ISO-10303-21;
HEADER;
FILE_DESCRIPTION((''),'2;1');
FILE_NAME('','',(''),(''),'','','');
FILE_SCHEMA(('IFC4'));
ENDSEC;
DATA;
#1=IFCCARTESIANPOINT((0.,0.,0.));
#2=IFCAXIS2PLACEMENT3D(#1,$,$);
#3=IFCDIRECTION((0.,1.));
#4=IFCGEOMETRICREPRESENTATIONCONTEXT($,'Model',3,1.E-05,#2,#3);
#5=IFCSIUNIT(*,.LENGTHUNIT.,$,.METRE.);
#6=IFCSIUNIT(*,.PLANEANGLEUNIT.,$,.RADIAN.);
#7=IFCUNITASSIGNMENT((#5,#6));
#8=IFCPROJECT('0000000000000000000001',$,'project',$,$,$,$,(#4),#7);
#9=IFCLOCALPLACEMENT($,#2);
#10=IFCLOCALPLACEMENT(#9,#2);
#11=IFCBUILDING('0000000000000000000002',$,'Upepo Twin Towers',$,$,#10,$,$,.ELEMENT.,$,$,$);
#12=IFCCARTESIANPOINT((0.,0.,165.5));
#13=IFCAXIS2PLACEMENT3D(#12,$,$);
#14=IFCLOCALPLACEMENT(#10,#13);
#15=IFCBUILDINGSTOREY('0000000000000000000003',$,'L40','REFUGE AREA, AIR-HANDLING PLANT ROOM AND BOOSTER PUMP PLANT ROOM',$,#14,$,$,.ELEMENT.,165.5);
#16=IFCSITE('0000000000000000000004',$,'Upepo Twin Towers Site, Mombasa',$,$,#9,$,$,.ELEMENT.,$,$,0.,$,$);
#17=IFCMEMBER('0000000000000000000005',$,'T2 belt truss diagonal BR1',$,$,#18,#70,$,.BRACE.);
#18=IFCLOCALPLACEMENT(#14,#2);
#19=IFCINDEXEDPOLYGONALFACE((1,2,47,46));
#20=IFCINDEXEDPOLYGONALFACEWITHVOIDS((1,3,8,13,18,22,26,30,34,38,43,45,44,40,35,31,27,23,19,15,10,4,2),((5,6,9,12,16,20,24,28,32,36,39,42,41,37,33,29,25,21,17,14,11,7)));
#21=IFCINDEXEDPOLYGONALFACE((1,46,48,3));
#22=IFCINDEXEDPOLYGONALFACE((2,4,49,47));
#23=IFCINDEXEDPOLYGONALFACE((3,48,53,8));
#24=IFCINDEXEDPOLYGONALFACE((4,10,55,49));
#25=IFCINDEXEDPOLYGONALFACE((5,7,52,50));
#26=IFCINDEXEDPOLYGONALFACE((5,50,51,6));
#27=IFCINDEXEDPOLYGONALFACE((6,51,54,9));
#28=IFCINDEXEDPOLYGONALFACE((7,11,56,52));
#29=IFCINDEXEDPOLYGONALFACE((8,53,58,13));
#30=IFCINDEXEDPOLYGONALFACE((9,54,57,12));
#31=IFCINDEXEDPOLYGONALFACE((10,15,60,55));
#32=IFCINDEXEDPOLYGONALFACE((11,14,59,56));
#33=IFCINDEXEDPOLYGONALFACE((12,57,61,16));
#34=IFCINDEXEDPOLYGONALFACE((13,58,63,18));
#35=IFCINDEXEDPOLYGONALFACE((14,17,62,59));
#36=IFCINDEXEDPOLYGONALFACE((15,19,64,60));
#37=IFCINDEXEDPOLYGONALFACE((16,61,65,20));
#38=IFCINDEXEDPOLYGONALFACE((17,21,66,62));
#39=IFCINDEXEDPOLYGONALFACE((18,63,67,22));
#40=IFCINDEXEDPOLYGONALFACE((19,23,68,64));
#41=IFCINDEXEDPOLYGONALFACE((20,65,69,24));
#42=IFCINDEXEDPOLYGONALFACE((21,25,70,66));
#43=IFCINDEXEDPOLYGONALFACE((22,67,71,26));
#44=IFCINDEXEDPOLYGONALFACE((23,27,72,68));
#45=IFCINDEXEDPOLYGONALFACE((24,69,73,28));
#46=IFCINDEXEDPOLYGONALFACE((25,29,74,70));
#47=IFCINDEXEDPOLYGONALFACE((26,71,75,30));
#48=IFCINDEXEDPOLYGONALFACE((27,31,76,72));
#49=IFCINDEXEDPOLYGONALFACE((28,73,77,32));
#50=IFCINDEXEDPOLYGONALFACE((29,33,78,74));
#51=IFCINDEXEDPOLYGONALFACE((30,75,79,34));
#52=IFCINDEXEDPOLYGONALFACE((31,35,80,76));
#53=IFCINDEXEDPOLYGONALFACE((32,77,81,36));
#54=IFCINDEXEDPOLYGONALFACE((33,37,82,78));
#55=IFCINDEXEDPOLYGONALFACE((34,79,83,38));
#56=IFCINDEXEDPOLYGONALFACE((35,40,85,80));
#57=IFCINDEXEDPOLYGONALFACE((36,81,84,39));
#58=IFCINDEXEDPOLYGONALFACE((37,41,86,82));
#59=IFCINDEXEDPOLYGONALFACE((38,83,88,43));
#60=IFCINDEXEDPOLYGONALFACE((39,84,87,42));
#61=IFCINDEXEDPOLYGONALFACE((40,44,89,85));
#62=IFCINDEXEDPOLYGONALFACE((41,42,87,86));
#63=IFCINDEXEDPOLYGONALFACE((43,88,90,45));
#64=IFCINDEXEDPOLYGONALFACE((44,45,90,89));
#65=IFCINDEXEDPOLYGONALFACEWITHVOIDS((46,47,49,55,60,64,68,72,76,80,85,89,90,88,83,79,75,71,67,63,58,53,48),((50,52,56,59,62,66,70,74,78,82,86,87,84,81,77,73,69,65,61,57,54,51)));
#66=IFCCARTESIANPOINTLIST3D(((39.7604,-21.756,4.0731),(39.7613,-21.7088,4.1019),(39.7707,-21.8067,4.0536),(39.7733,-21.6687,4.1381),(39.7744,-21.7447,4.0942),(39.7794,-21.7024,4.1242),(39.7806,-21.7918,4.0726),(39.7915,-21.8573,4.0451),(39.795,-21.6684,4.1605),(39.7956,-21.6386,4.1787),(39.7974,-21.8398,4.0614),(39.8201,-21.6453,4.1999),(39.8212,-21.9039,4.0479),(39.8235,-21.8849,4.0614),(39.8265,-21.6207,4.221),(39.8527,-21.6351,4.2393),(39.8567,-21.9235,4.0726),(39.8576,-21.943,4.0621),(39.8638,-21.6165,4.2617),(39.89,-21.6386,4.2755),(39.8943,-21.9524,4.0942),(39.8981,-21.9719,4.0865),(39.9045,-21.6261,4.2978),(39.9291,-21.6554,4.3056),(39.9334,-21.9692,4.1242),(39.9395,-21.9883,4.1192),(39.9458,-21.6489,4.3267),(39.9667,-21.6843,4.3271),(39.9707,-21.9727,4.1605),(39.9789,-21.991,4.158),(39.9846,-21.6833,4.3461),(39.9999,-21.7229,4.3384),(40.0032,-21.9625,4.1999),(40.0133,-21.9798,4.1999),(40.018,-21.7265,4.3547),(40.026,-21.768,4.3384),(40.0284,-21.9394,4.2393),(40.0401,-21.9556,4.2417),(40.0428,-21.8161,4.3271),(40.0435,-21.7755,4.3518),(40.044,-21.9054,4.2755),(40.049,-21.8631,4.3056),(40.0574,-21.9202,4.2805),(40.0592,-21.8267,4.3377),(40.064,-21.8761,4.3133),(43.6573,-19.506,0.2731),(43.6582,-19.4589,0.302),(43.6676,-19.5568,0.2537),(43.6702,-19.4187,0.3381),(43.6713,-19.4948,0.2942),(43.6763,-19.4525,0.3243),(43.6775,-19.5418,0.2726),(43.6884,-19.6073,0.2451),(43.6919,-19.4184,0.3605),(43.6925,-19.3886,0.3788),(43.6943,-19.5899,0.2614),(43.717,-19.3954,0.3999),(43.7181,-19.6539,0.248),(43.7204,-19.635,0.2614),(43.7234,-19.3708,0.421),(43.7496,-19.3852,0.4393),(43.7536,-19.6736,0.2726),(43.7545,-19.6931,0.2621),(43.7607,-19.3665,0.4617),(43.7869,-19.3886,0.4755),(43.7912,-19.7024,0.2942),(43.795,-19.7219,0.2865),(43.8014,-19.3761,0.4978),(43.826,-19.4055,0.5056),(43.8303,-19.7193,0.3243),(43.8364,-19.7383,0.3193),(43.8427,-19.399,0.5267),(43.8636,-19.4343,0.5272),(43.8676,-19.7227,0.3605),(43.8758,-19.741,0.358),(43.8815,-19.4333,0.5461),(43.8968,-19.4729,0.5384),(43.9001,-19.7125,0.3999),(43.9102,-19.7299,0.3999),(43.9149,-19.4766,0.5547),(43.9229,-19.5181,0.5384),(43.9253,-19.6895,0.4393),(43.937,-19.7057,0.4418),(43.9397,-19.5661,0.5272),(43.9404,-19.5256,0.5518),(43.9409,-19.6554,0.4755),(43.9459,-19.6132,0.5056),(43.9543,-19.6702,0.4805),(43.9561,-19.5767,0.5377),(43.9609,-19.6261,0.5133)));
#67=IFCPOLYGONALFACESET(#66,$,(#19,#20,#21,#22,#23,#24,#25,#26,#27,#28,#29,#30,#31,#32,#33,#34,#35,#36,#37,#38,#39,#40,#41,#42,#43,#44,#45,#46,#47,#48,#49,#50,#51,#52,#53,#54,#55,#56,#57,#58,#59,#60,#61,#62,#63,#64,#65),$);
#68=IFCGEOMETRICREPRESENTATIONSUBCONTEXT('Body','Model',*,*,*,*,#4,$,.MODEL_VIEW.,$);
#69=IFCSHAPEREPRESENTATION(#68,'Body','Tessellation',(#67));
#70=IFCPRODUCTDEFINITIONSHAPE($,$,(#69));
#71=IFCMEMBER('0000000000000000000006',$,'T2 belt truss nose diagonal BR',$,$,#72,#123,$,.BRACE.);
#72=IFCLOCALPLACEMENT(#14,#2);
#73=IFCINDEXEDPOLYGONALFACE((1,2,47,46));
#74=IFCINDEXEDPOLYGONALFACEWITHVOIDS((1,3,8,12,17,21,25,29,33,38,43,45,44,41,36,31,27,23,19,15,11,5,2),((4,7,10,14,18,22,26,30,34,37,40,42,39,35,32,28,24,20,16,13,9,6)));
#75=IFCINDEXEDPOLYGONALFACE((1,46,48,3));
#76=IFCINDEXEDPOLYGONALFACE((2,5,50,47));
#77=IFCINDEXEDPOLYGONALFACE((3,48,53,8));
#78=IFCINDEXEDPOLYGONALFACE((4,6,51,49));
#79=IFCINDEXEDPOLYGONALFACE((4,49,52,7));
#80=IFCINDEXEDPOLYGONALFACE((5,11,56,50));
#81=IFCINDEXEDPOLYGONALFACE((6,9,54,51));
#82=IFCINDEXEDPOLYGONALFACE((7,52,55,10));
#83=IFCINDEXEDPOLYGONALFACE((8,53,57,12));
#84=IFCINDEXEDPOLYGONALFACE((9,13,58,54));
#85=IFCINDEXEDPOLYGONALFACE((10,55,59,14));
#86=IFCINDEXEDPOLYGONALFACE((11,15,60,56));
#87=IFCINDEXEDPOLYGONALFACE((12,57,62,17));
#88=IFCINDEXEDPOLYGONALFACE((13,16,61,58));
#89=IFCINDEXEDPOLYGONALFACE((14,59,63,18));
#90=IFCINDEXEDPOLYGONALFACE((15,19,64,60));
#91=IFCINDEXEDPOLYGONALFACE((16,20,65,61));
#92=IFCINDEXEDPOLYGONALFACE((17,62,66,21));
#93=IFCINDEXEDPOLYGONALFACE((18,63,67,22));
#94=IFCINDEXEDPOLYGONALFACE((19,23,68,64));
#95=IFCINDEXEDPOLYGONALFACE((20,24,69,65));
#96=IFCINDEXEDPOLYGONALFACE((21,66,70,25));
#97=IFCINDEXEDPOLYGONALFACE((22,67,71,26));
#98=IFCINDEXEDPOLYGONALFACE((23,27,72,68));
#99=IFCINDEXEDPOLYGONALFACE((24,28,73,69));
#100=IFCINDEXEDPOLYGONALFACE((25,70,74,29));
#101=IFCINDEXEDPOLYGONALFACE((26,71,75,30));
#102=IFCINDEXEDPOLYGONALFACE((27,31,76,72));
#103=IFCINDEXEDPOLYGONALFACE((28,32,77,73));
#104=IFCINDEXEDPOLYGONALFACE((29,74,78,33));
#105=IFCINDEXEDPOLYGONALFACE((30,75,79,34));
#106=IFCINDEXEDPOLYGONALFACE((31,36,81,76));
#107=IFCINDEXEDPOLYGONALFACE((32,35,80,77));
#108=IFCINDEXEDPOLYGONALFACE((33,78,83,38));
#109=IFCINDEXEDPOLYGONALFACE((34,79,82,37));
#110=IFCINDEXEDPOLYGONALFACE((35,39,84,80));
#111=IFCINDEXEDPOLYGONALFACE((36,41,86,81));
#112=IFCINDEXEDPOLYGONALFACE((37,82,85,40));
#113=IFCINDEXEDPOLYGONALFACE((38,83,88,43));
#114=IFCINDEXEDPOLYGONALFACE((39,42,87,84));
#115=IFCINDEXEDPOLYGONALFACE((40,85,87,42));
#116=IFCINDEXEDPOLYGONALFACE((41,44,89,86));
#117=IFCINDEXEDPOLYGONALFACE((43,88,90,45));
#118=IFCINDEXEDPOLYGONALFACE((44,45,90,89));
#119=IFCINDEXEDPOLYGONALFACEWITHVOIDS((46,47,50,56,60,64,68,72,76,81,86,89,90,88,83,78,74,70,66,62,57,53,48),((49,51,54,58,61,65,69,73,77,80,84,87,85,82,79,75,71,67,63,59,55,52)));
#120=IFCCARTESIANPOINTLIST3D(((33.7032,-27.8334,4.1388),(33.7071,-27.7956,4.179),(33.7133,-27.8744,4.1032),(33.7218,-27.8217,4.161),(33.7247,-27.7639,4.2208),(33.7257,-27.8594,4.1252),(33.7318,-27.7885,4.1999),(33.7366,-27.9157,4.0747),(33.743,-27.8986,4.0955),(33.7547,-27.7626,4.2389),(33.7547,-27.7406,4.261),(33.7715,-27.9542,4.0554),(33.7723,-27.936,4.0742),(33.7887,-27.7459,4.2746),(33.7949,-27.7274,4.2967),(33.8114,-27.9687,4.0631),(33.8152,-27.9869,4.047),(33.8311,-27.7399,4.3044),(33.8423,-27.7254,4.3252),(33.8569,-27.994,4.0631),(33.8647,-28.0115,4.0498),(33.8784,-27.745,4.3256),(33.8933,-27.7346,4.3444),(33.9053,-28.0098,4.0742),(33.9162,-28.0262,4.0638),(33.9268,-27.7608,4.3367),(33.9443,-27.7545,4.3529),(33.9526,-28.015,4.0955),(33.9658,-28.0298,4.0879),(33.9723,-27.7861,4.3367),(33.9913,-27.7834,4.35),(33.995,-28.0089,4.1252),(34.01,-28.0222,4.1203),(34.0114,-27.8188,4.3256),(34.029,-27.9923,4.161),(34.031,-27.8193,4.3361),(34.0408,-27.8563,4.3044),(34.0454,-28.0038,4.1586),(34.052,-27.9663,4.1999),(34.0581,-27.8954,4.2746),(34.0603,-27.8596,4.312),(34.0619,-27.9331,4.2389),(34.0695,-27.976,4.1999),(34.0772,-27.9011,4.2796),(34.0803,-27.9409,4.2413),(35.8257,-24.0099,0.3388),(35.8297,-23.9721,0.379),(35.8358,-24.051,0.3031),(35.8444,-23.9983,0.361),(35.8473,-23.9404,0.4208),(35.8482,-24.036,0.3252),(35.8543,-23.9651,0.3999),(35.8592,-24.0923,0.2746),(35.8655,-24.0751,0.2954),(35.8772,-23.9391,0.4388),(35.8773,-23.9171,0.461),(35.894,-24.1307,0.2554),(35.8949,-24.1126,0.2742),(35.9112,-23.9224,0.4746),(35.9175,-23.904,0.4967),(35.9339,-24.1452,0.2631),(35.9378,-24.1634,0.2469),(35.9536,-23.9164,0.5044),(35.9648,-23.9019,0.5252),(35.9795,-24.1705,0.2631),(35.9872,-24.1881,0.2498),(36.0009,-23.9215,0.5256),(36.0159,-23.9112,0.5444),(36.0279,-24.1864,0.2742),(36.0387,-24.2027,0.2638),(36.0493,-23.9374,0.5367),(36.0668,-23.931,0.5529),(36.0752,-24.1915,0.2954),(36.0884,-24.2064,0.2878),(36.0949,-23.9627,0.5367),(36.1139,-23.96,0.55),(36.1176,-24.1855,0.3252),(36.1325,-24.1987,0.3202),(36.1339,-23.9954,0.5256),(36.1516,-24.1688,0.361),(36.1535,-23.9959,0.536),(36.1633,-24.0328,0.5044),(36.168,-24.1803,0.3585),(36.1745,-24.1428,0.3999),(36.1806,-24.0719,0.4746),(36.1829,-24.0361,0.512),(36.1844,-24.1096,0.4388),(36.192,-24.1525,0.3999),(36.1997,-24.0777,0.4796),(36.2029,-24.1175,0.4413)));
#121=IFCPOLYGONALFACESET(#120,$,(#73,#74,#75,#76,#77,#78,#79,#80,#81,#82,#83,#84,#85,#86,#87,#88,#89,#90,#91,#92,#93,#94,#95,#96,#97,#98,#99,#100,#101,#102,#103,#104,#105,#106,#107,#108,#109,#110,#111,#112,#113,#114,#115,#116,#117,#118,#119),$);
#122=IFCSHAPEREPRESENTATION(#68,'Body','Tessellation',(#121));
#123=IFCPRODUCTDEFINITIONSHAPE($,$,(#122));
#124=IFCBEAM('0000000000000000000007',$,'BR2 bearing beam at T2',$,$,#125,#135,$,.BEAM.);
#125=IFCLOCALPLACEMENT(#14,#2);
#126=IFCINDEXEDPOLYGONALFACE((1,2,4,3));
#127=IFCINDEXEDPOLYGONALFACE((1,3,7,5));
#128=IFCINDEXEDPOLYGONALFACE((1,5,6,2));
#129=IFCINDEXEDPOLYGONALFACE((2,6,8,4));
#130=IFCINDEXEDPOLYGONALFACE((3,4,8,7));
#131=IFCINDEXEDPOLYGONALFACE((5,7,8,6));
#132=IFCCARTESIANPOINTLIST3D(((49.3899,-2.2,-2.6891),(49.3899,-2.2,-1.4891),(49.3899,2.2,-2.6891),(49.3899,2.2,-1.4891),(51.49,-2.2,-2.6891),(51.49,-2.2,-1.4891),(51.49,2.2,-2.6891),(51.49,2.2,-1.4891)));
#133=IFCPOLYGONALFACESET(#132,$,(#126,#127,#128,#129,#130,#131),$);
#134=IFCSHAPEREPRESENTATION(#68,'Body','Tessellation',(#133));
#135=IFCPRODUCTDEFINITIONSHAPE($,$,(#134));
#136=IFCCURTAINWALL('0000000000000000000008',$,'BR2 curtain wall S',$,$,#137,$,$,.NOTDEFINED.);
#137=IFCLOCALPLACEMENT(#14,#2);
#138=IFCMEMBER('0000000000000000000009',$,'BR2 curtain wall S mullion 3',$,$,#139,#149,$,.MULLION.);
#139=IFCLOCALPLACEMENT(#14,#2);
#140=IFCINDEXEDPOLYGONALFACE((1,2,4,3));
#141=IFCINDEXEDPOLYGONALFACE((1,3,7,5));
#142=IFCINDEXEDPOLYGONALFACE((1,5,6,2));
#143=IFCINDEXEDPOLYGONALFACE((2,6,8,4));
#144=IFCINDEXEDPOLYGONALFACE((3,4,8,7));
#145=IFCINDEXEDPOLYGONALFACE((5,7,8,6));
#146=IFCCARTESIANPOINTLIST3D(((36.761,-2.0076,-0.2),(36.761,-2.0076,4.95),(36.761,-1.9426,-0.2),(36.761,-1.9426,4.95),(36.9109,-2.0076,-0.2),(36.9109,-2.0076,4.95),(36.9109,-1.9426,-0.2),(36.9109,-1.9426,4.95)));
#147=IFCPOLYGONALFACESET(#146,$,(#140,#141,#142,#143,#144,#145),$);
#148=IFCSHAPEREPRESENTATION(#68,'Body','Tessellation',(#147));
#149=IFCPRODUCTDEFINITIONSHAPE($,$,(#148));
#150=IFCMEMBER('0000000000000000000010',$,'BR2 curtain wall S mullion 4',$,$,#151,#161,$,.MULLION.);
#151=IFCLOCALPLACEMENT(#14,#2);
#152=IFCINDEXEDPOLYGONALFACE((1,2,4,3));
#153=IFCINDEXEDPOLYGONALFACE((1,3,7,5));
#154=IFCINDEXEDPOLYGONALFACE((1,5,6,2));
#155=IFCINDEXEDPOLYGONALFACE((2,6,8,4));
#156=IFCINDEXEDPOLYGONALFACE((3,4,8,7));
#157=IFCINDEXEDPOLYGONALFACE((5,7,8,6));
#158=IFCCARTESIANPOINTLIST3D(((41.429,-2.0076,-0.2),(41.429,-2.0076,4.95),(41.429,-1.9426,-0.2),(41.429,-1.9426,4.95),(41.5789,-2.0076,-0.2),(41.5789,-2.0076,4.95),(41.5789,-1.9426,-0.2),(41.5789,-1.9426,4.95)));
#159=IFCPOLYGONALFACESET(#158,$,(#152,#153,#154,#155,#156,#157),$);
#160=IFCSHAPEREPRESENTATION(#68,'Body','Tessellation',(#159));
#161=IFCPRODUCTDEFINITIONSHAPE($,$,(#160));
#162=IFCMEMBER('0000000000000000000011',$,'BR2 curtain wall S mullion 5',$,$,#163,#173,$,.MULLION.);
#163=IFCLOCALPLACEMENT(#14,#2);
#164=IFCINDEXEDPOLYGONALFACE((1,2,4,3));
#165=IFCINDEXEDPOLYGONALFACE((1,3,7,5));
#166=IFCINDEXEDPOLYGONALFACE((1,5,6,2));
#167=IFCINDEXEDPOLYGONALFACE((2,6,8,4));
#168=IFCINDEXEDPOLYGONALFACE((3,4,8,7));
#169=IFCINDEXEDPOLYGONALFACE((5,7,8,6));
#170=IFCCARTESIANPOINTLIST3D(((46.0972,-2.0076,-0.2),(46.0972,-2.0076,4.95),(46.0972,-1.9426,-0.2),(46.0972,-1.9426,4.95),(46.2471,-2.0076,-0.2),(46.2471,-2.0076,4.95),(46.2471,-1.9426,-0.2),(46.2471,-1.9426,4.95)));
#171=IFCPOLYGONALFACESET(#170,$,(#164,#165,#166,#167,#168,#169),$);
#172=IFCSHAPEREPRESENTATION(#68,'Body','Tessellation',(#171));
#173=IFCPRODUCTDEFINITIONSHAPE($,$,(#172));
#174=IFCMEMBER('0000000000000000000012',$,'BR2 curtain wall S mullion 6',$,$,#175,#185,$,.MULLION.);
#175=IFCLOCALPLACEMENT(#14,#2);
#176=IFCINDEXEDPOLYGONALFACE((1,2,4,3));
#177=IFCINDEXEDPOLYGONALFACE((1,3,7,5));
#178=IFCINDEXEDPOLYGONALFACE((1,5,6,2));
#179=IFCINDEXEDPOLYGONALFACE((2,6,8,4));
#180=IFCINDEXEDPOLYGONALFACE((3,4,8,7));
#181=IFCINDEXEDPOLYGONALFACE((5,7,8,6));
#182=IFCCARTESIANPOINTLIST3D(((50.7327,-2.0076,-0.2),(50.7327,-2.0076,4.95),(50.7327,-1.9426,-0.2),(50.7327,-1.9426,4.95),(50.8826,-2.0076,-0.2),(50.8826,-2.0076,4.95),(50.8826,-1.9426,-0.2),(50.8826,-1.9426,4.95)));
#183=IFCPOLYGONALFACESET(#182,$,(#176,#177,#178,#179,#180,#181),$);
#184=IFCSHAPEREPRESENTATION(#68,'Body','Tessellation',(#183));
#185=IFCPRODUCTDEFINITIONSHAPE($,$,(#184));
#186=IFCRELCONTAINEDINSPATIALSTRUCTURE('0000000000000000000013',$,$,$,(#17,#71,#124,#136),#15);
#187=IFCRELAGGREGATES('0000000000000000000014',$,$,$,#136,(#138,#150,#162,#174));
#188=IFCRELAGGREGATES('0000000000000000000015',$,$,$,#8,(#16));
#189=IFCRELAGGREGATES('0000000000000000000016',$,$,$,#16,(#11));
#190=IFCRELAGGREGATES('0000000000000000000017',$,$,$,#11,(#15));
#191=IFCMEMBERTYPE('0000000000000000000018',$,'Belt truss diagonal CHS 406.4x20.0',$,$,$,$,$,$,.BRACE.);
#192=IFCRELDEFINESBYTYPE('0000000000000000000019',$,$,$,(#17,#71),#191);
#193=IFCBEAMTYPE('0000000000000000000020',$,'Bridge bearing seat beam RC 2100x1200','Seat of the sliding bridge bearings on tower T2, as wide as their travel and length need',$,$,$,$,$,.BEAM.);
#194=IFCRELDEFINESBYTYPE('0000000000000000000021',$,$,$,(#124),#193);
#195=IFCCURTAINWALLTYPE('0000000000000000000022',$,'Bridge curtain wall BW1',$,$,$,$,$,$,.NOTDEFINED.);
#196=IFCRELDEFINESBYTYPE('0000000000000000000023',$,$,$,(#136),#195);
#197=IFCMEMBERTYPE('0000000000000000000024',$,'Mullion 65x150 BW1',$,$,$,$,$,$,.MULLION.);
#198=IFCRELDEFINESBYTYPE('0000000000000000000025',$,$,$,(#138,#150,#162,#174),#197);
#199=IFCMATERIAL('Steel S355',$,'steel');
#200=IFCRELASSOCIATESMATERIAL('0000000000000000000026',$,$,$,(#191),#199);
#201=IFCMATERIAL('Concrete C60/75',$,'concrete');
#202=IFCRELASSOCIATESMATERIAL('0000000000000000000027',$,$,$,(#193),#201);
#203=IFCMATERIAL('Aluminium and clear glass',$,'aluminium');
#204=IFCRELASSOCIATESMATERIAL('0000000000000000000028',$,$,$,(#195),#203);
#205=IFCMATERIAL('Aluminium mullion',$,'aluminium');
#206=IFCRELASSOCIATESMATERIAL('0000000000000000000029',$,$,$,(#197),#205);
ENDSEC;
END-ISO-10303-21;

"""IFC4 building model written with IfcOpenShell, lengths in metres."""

from ifc_helpers import new_model, si_unit, direction, frame, origin, origin_2d, place, context, subcontext, project, spatial, rectangle, hollow_circle, extrude, material, material_profile, profile_set, type_object, element, aggregate, save


model = new_model("IFC4")

# Units and contexts
model_context = context("Model", 3, precision=1e-05, world=origin(), true_north=direction((0.0, 1.0)))
body_context = subcontext(model_context, "Body", "Model", "MODEL_VIEW")
ifc_project = project(units=[si_unit("LENGTHUNIT", "METRE"), si_unit("PLANEANGLEUNIT", "RADIAN")], contexts=[model_context])

# Site, building, storey
site_placement = place(None, origin())
site = spatial("IfcSite", under=ifc_project, at=site_placement, Name="Upepo Twin Towers Site, Mombasa", CompositionType="ELEMENT", RefElevation=0.0)
building_placement = place(site_placement, origin())
building = spatial("IfcBuilding", under=site, at=building_placement, Name="Upepo Twin Towers", CompositionType="ELEMENT")
storey_placement = place(building_placement, frame((0.0, 0.0, 165.5)))
storey = spatial("IfcBuildingStorey", under=building, at=storey_placement, Name="L40", Description="REFUGE AREA, AIR-HANDLING PLANT ROOM AND BOOSTER PUMP PLANT ROOM", CompositionType="ELEMENT", Elevation=165.5)

# Members
ifc_material_1 = material(Name="Steel S355", Category="steel")
ifc_material_profile_1 = material_profile(ifc_material_1, hollow_circle(Radius=0.2031, WallThickness=0.02, at=origin_2d()), Name="CHS 406.4x20.0")
ifc_profile_set_1 = profile_set([ifc_material_profile_1], Name="Steel S355")
member_type_1 = type_object("IfcMemberType", Name="Belt truss diagonal CHS 406.4x20.0", PredefinedType="BRACE", material=ifc_profile_set_1)
member_1_placement = place(storey_placement, frame((43.8086, -19.554, 0.3999), z_axis=(-0.661652, -0.382019, 0.645196), x_axis=(0.500014, -0.866018, 0.0)))
element("IfcMember", 1, at=member_1_placement, inside=storey, type_object=member_type_1, Name="T2 belt truss diagonal BR1", PredefinedType="BRACE", context=body_context, shape_type="SweptSolid", body=[
    extrude(hollow_circle(Radius=0.2031, WallThickness=0.02, at=origin_2d()), origin(), (0.0, 0.0, 1.0), 5.8896),
])
member_2_placement = place(storey_placement, frame((36.0144, -24.054, 0.3999), z_axis=(-0.366369, -0.659961, 0.655916), x_axis=(0.874313, -0.485363, 0.0)))
element("IfcMember", 2, at=member_2_placement, inside=storey, type_object=member_type_1, Name="T2 belt truss nose diagonal BR", PredefinedType="BRACE", context=body_context, shape_type="SweptSolid", body=[
    extrude(hollow_circle(Radius=0.2031, WallThickness=0.02, at=origin_2d()), origin(), (0.0, 0.0, 1.0), 5.7935),
])

# Beam
ifc_material_2 = material(Name="Concrete C60/75", Category="concrete")
ifc_material_profile_2 = material_profile(ifc_material_2, rectangle(XDim=2.1001, YDim=1.2, at=origin_2d()), Name="RC 2100x1200")
ifc_profile_set_2 = profile_set([ifc_material_profile_2], Name="Concrete C60/75")
beam_type_1 = type_object("IfcBeamType", Name="Bridge bearing seat beam RC 2100x1200", Description="Seat of the sliding bridge bearings on tower T2, as wide as their travel and length need", PredefinedType="BEAM", material=ifc_profile_set_2)
beam_1_placement = place(storey_placement, frame((50.4399, -2.2, -2.0891), z_axis=(0.0, 1.0, 0.0), x_axis=(-1.0, 0.0, 0.0)))
element("IfcBeam", 3, at=beam_1_placement, inside=storey, type_object=beam_type_1, Name="BR2 bearing beam at T2", PredefinedType="BEAM", context=body_context, shape_type="SweptSolid", body=[
    extrude(rectangle(XDim=2.1001, YDim=1.2, at=origin_2d()), origin(), (0.0, 0.0, 1.0), 4.3999),
])

# Curtain wall, members
ifc_material_3 = material(Name="Aluminium and clear glass", Category="aluminium")
curtain_wall_type = type_object("IfcCurtainWallType", Name="Bridge curtain wall BW1", PredefinedType="NOTDEFINED", material=ifc_material_3)
curtain_wall_placement = place(storey_placement, origin())
curtain_wall = element("IfcCurtainWall", 4, at=curtain_wall_placement, inside=storey, type_object=curtain_wall_type, Name="BR2 curtain wall S", PredefinedType="NOTDEFINED")
ifc_material_4 = material(Name="Aluminium mullion", Category="aluminium")
ifc_material_profile_3 = material_profile(ifc_material_4, rectangle(XDim=0.0649, YDim=0.1499, at=origin_2d()), Name="MULLION 65x150 BRIDGE")
ifc_profile_set_3 = profile_set([ifc_material_profile_3], Name="Aluminium mullion")
member_type_2 = type_object("IfcMemberType", Name="Mullion 65x150 BW1", PredefinedType="MULLION", material=ifc_profile_set_3)
member_3_placement = place(storey_placement, frame((36.8359, -1.9751, -0.2), z_axis=(0.0, 0.0, 1.0), x_axis=(0.0, 1.0, 0.0)))
member_3 = element("IfcMember", 5, at=member_3_placement, type_object=member_type_2, Name="BR2 curtain wall S mullion 3", PredefinedType="MULLION", context=body_context, shape_type="SweptSolid", body=[
    extrude(rectangle(XDim=0.0649, YDim=0.1499, at=origin_2d()), origin(), (0.0, 0.0, 1.0), 5.1499),
])
member_4_placement = place(storey_placement, frame((41.5039, -1.9751, -0.2), z_axis=(0.0, 0.0, 1.0), x_axis=(0.0, 1.0, 0.0)))
member_4 = element("IfcMember", 6, at=member_4_placement, type_object=member_type_2, Name="BR2 curtain wall S mullion 4", PredefinedType="MULLION", context=body_context, shape_type="SweptSolid", body=[
    extrude(rectangle(XDim=0.0649, YDim=0.1499, at=origin_2d()), origin(), (0.0, 0.0, 1.0), 5.1499),
])
member_5_placement = place(storey_placement, frame((46.1721, -1.9751, -0.2), z_axis=(0.0, 0.0, 1.0), x_axis=(0.0, 1.0, 0.0)))
member_5 = element("IfcMember", 7, at=member_5_placement, type_object=member_type_2, Name="BR2 curtain wall S mullion 5", PredefinedType="MULLION", context=body_context, shape_type="SweptSolid", body=[
    extrude(rectangle(XDim=0.0649, YDim=0.1499, at=origin_2d()), origin(), (0.0, 0.0, 1.0), 5.1499),
])
member_6_placement = place(storey_placement, frame((50.8076, -1.9751, -0.2), z_axis=(0.0, 0.0, 1.0), x_axis=(0.0, 1.0, 0.0)))
member_6 = element("IfcMember", 8, at=member_6_placement, type_object=member_type_2, Name="BR2 curtain wall S mullion 6", PredefinedType="MULLION", context=body_context, shape_type="SweptSolid", body=[
    extrude(rectangle(XDim=0.0649, YDim=0.1499, at=origin_2d()), origin(), (0.0, 0.0, 1.0), 5.1499),
])
aggregate(curtain_wall, [member_3, member_4, member_5, member_6])

save(model, "model.ifc")
